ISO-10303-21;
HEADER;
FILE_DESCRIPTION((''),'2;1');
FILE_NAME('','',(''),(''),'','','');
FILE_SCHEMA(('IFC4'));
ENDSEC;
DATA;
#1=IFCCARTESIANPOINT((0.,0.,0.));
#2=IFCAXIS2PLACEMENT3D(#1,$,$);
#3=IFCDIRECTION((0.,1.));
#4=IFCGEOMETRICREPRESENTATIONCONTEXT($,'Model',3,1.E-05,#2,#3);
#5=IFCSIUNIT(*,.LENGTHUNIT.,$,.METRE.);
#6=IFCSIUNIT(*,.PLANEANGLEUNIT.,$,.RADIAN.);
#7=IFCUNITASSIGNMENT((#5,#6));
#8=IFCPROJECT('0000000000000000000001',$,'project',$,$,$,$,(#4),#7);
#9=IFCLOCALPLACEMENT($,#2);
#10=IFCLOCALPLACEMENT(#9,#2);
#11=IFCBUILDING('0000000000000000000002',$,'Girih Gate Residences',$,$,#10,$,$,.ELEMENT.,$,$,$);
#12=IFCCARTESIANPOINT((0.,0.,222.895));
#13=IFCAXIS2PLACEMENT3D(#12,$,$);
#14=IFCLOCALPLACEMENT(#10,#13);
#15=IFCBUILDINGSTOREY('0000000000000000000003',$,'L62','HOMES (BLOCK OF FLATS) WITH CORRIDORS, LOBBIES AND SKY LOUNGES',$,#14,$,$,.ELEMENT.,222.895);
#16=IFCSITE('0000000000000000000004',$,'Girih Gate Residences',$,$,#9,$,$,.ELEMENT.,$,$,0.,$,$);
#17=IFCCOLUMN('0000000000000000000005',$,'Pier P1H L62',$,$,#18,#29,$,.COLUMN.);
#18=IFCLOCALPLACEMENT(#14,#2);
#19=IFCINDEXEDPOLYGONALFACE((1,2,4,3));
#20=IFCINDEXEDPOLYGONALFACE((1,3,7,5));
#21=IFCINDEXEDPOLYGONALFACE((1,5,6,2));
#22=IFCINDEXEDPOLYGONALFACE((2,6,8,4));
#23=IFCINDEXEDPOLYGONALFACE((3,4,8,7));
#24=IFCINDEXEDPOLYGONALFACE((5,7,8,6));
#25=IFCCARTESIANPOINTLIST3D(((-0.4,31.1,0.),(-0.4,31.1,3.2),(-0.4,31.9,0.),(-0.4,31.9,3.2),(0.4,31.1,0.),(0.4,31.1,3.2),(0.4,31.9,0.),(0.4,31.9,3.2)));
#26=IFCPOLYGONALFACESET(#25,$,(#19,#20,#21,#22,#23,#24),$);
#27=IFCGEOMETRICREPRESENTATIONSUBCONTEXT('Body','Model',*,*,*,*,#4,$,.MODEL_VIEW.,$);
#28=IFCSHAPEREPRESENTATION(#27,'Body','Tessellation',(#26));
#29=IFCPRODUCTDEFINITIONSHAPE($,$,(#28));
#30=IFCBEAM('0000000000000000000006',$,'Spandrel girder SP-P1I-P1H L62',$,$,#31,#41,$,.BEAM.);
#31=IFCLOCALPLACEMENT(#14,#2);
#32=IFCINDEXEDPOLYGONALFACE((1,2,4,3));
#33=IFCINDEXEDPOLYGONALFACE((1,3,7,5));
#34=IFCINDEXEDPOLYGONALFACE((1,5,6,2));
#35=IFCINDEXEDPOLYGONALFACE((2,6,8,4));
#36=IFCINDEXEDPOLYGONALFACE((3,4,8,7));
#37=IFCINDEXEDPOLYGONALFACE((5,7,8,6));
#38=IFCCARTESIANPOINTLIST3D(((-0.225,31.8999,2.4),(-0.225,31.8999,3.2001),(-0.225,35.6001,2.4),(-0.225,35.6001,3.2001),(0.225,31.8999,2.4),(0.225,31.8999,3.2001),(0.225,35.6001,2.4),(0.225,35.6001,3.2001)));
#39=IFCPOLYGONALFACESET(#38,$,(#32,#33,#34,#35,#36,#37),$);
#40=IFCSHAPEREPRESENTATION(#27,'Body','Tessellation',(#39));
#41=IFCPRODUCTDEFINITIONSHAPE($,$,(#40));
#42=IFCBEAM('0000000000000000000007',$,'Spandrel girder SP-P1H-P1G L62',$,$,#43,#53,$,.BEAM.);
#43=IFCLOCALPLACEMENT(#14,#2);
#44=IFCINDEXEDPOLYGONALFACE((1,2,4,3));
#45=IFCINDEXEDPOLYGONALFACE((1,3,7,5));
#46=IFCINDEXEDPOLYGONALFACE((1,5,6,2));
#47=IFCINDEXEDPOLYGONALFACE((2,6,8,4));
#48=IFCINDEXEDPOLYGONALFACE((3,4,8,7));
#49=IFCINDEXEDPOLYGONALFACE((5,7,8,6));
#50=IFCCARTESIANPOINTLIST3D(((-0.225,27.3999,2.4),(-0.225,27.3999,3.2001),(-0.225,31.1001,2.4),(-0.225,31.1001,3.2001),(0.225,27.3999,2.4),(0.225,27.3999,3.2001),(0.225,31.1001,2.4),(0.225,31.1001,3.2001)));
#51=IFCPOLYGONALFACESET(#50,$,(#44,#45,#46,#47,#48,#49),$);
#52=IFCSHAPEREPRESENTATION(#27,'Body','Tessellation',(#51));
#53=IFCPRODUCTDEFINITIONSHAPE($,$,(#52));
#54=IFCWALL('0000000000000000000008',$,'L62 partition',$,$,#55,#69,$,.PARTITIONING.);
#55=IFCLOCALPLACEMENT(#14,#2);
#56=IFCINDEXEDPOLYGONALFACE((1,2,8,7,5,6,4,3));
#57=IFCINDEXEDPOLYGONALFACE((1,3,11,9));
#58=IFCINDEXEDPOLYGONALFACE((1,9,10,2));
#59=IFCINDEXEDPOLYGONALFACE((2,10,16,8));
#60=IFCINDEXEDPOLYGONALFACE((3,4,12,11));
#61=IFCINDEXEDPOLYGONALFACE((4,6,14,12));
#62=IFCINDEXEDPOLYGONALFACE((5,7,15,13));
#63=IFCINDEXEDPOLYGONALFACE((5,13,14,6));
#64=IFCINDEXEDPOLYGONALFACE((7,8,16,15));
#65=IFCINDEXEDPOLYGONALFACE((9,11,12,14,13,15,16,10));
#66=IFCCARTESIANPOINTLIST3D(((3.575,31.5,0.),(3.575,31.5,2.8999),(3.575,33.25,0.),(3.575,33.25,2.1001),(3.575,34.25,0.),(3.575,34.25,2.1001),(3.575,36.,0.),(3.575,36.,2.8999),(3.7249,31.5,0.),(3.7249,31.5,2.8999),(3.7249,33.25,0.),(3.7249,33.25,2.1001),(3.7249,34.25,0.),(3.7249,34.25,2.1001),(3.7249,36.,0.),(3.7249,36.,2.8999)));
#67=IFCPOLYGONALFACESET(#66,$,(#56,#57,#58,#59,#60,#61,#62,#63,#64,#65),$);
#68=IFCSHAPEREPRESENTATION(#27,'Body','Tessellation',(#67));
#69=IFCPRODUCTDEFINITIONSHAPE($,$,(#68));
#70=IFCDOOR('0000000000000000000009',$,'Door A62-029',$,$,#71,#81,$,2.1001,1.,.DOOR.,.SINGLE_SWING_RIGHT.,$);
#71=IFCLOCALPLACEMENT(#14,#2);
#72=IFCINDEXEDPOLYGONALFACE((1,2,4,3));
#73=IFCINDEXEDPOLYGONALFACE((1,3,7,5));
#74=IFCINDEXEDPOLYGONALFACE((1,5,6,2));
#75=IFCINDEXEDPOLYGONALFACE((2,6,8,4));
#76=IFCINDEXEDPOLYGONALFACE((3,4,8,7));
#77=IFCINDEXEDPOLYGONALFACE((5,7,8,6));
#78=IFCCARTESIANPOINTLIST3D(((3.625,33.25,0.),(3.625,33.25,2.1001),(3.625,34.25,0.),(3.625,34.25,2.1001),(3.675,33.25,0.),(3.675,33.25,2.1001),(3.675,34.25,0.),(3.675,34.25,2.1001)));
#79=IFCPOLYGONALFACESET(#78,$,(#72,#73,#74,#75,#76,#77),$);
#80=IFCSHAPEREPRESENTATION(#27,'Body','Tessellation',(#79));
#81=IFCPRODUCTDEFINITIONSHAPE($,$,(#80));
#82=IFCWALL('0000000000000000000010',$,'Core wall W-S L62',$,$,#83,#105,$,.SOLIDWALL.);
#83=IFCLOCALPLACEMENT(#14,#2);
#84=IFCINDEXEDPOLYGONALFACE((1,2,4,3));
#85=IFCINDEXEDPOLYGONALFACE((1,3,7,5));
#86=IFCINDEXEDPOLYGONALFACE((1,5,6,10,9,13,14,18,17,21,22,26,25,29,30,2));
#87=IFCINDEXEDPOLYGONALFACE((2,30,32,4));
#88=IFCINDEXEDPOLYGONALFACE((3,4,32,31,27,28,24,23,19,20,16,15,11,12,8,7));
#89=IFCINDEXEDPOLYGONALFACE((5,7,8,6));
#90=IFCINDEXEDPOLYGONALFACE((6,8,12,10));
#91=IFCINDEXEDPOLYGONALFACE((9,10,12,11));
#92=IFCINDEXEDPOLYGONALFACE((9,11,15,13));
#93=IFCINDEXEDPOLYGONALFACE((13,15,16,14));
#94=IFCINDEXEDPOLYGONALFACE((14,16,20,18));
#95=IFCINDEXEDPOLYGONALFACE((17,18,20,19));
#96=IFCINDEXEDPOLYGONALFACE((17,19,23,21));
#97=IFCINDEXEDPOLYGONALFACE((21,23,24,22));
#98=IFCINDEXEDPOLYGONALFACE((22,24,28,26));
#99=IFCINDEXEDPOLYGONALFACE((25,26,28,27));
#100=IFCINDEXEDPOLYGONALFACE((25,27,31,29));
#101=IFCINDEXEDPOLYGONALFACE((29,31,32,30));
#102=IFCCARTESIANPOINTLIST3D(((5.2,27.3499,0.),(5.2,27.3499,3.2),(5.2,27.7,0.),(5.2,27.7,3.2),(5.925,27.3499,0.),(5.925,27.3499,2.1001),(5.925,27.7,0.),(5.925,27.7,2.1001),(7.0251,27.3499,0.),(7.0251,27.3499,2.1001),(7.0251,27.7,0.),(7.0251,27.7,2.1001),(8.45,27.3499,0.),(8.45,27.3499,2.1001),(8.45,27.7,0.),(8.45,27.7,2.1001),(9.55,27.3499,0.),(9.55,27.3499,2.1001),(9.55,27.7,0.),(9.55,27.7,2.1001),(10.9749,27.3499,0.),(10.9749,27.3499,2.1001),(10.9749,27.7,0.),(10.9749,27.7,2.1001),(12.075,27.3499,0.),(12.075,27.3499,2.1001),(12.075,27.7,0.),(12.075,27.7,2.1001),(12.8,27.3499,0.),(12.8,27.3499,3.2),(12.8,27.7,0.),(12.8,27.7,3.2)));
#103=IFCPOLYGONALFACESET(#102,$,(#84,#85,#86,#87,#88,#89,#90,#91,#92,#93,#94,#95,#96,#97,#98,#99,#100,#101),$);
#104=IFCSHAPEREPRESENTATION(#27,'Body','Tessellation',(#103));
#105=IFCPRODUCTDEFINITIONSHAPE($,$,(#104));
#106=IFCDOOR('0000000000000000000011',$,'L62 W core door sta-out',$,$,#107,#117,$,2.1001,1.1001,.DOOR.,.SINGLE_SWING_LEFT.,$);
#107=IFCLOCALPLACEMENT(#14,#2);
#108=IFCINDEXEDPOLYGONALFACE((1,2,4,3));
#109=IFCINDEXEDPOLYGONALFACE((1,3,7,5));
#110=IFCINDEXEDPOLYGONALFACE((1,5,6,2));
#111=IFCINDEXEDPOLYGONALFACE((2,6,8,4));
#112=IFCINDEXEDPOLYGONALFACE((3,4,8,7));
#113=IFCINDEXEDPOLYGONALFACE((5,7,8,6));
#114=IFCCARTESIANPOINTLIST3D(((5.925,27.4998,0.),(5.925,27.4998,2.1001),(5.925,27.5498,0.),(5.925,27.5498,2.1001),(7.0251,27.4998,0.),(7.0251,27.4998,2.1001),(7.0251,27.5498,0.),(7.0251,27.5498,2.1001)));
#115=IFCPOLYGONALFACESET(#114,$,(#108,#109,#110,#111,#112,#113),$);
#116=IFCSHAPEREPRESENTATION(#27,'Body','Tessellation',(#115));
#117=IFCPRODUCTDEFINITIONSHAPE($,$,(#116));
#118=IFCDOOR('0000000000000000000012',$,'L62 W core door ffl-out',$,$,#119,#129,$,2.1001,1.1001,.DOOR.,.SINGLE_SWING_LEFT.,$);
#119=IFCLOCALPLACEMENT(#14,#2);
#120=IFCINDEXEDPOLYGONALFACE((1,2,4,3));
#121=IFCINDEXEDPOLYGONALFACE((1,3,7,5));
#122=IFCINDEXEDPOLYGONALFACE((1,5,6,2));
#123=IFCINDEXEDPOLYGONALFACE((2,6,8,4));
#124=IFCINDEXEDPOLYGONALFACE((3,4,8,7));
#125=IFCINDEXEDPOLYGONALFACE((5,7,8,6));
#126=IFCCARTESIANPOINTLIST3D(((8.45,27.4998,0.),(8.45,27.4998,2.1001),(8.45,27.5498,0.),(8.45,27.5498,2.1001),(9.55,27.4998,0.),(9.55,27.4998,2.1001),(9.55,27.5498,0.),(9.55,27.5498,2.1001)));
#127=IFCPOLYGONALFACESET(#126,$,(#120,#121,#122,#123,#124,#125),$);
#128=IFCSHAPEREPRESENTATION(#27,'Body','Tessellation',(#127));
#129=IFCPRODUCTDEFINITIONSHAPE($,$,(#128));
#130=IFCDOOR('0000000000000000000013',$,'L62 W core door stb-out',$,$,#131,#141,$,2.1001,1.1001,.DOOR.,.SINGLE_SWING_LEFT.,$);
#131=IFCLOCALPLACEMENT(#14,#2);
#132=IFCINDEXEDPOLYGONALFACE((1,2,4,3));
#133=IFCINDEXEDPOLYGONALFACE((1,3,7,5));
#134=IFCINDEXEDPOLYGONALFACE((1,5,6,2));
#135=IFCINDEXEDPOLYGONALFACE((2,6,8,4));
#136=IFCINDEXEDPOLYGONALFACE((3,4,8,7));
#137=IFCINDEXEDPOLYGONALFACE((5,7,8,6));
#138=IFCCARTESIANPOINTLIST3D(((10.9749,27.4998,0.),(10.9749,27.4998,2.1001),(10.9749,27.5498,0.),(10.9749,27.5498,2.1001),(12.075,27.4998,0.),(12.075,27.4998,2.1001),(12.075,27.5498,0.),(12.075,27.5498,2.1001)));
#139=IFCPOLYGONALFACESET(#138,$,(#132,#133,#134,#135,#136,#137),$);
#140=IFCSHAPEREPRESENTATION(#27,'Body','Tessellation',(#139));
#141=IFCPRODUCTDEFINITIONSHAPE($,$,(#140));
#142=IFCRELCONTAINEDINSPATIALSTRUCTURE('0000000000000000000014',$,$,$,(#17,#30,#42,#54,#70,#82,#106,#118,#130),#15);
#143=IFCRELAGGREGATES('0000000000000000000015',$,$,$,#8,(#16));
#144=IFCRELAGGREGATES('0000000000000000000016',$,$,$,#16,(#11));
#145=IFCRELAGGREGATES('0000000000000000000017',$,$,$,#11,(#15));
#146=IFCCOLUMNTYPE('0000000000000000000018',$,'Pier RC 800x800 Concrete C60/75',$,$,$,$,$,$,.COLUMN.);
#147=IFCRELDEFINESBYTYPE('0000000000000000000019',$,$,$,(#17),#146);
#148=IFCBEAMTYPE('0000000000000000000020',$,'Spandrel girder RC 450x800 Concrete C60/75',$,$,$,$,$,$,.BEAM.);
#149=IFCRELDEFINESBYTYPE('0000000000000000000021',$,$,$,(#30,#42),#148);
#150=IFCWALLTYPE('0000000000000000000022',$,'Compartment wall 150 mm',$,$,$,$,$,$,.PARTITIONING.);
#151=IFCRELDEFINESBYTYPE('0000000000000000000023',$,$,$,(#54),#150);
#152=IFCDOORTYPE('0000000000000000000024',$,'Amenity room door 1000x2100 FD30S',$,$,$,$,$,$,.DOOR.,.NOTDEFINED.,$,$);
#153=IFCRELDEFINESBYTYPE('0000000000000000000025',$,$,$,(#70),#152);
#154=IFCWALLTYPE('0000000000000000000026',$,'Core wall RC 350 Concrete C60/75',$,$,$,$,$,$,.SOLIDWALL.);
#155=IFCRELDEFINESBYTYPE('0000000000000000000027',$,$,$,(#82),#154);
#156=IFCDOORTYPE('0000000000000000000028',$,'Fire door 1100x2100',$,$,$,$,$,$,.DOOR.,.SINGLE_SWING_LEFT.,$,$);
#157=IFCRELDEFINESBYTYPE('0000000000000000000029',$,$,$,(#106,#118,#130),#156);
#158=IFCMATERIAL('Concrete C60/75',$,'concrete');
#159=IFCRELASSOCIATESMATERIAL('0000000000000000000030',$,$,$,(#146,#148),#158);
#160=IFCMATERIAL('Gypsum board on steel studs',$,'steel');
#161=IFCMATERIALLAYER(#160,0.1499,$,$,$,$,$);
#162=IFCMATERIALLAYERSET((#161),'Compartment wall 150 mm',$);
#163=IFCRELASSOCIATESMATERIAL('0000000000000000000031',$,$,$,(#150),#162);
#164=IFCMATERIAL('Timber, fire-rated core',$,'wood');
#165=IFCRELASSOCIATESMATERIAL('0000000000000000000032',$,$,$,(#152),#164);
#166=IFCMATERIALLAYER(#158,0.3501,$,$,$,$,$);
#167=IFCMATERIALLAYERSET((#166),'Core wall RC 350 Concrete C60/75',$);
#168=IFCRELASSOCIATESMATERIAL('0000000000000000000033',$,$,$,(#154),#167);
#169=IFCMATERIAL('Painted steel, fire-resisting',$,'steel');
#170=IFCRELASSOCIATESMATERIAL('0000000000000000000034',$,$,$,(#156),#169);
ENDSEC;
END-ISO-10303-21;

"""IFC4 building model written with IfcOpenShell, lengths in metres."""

from ifc_helpers import new_model, si_unit, direction, frame, frame_2d, origin, origin_2d, place, context, subcontext, project, spatial, rectangle, extrude, material, layer, layer_set, material_profile, profile_set, type_object, element, fill, save


model = new_model("IFC4")

# Units and contexts
model_context = context("Model", 3, precision=1e-05, world=origin(), true_north=direction((0.0, 1.0)))
body_context = subcontext(model_context, "Body", "Model", "MODEL_VIEW")
ifc_project = project(units=[si_unit("LENGTHUNIT", "METRE"), si_unit("PLANEANGLEUNIT", "RADIAN")], contexts=[model_context])

# Site, building, storey
site_placement = place(None, origin())
site = spatial("IfcSite", under=ifc_project, at=site_placement, Name="Girih Gate Residences", CompositionType="ELEMENT", RefElevation=0.0)
building_placement = place(site_placement, origin())
building = spatial("IfcBuilding", under=site, at=building_placement, Name="Girih Gate Residences", CompositionType="ELEMENT")
storey_placement = place(building_placement, frame((0.0, 0.0, 222.895)))
storey = spatial("IfcBuildingStorey", under=building, at=storey_placement, Name="L62", Description="HOMES (BLOCK OF FLATS) WITH CORRIDORS, LOBBIES AND SKY LOUNGES", CompositionType="ELEMENT", Elevation=222.895)

# Column
ifc_material_1 = material(Name="Concrete C60/75", Category="concrete")
ifc_material_profile_1 = material_profile(ifc_material_1, rectangle(XDim=0.8, YDim=0.8, at=origin_2d()))
ifc_profile_set_1 = profile_set([ifc_material_profile_1], Name="Concrete C60/75")
column_type = type_object("IfcColumnType", Name="Pier RC 800x800 Concrete C60/75", PredefinedType="COLUMN", material=ifc_profile_set_1)
column_placement = place(storey_placement, frame((0.0, 31.5, 0.0), z_axis=(0.0, 0.0, 1.0), x_axis=(1.0, 0.0, 0.0)))
element("IfcColumn", 1, at=column_placement, inside=storey, type_object=column_type, Name="Pier P1H L62", PredefinedType="COLUMN", context=body_context, shape_type="SweptSolid", body=[
    extrude(rectangle(XDim=0.8, YDim=0.8, at=origin_2d()), origin(), (0.0, 0.0, 1.0), 3.2),
])

# Beams
ifc_material_profile_2 = material_profile(ifc_material_1, rectangle(XDim=0.45, YDim=0.8, at=origin_2d()))
ifc_profile_set_2 = profile_set([ifc_material_profile_2], Name="Concrete C60/75")
beam_type = type_object("IfcBeamType", Name="Spandrel girder RC 450x800 Concrete C60/75", PredefinedType="BEAM", material=ifc_profile_set_2)
for number, where, z_axis, x_axis, name in (
    (2, (0.0, 35.6001, 2.8), (0.0, -1.0, 0.0), (1.0, 0.0, 0.0), "Spandrel girder SP-P1I-P1H L62"),
    (3, (0.0, 31.1001, 2.8), (0.0, -1.0, 0.0), (1.0, 0.0, 0.0), "Spandrel girder SP-P1H-P1G L62"),
):
    element("IfcBeam", number, at=place(storey_placement, frame(where, z_axis=z_axis, x_axis=x_axis)), inside=storey, type_object=beam_type, Name=name, PredefinedType="BEAM", context=body_context, shape_type="SweptSolid", body=[
        extrude(rectangle(XDim=0.45, YDim=0.8, at=origin_2d()), origin(), (0.0, 0.0, 1.0), 3.7002),
    ])

# Wall, opening, door
ifc_material_2 = material(Name="Gypsum board on steel studs", Category="steel")
ifc_layer_1 = layer(ifc_material_2, 0.1499)
ifc_layer_set_1 = layer_set([ifc_layer_1], Name="Compartment wall 150 mm")
wall_type_1 = type_object("IfcWallType", Name="Compartment wall 150 mm", PredefinedType="PARTITIONING", material=ifc_layer_set_1)
wall_1_placement = place(storey_placement, frame((3.6499, 31.5, 0.0), z_axis=(0.0, 0.0, 1.0), x_axis=(0.0, 1.0, 0.0)))
wall_1 = element("IfcWall", 4, at=wall_1_placement, inside=storey, type_object=wall_type_1, Name="L62 partition", PredefinedType="PARTITIONING", context=body_context, shape_type="SweptSolid", body=[
    extrude(rectangle(XDim=4.5, YDim=0.1499, at=frame_2d((2.25, 0.0))), origin(), (0.0, 0.0, 1.0), 2.8999),
])
opening_1_placement = place(wall_1_placement, frame((1.75, 0.0, 0.0)))
opening_1 = element("IfcOpeningElement", 5, at=opening_1_placement, cuts=wall_1, PredefinedType="OPENING", context=body_context, shape_type="SweptSolid", body=[
    extrude(rectangle(XDim=1.0, YDim=2.1001, at=frame_2d((0.5, 1.05))), frame((0.0, 0.085, 0.0), z_axis=(0.0, -1.0, 0.0), x_axis=(1.0, 0.0, 0.0)), (0.0, 0.0, 1.0), 0.1699),
])
ifc_material_3 = material(Name="Timber, fire-rated core", Category="wood")
door_type_1 = type_object("IfcDoorType", Name="Amenity room door 1000x2100 FD30S", OperationType="NOTDEFINED", PredefinedType="DOOR", material=ifc_material_3)
door_1_placement = place(opening_1_placement, origin())
door_1 = element("IfcDoor", 6, at=door_1_placement, inside=storey, type_object=door_type_1, Name="Door A62-029", OperationType="SINGLE_SWING_RIGHT", OverallHeight=2.1001, OverallWidth=1.0, PredefinedType="DOOR", context=body_context, shape_type="SweptSolid", body=[
    extrude(rectangle(XDim=1.0, YDim=2.1001, at=frame_2d((0.5, 1.05))), frame((0.0, 0.0249, 0.0), z_axis=(0.0, -1.0, 0.0), x_axis=(1.0, 0.0, 0.0)), (0.0, 0.0, 1.0), 0.05),
])
fill(opening_1, door_1)

# Wall, openings, doors
ifc_layer_2 = layer(ifc_material_1, 0.3501)
ifc_layer_set_2 = layer_set([ifc_layer_2], Name="Core wall RC 350 Concrete C60/75")
wall_type_2 = type_object("IfcWallType", Name="Core wall RC 350 Concrete C60/75", PredefinedType="SOLIDWALL", material=ifc_layer_set_2)
wall_2_placement = place(storey_placement, frame((5.2, 27.5249, 0.0), z_axis=(0.0, 0.0, 1.0), x_axis=(1.0, 0.0, 0.0)))
wall_2 = element("IfcWall", 7, at=wall_2_placement, inside=storey, type_object=wall_type_2, Name="Core wall W-S L62", PredefinedType="SOLIDWALL", context=body_context, shape_type="SweptSolid", body=[
    extrude(rectangle(XDim=7.6001, YDim=0.3501, at=frame_2d((3.8, 0.0))), origin(), (0.0, 0.0, 1.0), 3.2),
])
opening_2_placement = place(wall_2_placement, frame((0.7251, 0.0, 0.0)))
opening_2 = element("IfcOpeningElement", 8, at=opening_2_placement, cuts=wall_2, PredefinedType="OPENING", context=body_context, shape_type="SweptSolid", body=[
    extrude(rectangle(XDim=1.1001, YDim=2.1001, at=frame_2d((0.55, 1.05))), frame((0.0, 0.1851, 0.0), z_axis=(0.0, -1.0, 0.0), x_axis=(1.0, 0.0, 0.0)), (0.0, 0.0, 1.0), 0.3701),
])
opening_3_placement = place(wall_2_placement, frame((3.25, 0.0, 0.0)))
opening_3 = element("IfcOpeningElement", 9, at=opening_3_placement, cuts=wall_2, PredefinedType="OPENING", context=body_context, shape_type="SweptSolid", body=[
    extrude(rectangle(XDim=1.1001, YDim=2.1001, at=frame_2d((0.55, 1.05))), frame((0.0, 0.1851, 0.0), z_axis=(0.0, -1.0, 0.0), x_axis=(1.0, 0.0, 0.0)), (0.0, 0.0, 1.0), 0.3701),
])
opening_4_placement = place(wall_2_placement, frame((5.7749, 0.0, 0.0)))
opening_4 = element("IfcOpeningElement", 10, at=opening_4_placement, cuts=wall_2, PredefinedType="OPENING", context=body_context, shape_type="SweptSolid", body=[
    extrude(rectangle(XDim=1.1001, YDim=2.1001, at=frame_2d((0.55, 1.05))), frame((0.0, 0.1851, 0.0), z_axis=(0.0, -1.0, 0.0), x_axis=(1.0, 0.0, 0.0)), (0.0, 0.0, 1.0), 0.3701),
])
ifc_material_4 = material(Name="Painted steel, fire-resisting", Category="steel")
door_type_2 = type_object("IfcDoorType", Name="Fire door 1100x2100", OperationType="SINGLE_SWING_LEFT", PredefinedType="DOOR", material=ifc_material_4)
door_2_placement = place(opening_2_placement, origin())
door_2 = element("IfcDoor", 11, at=door_2_placement, inside=storey, type_object=door_type_2, Name="L62 W core door sta-out", OperationType="SINGLE_SWING_LEFT", OverallHeight=2.1001, OverallWidth=1.1001, PredefinedType="DOOR", context=body_context, shape_type="SweptSolid", body=[
    extrude(rectangle(XDim=1.1001, YDim=2.1001, at=frame_2d((0.55, 1.05))), frame((0.0, 0.0249, 0.0), z_axis=(0.0, -1.0, 0.0), x_axis=(1.0, 0.0, 0.0)), (0.0, 0.0, 1.0), 0.05),
])
fill(opening_2, door_2)
door_3_placement = place(opening_3_placement, origin())
door_3 = element("IfcDoor", 12, at=door_3_placement, inside=storey, type_object=door_type_2, Name="L62 W core door ffl-out", OperationType="SINGLE_SWING_LEFT", OverallHeight=2.1001, OverallWidth=1.1001, PredefinedType="DOOR", context=body_context, shape_type="SweptSolid", body=[
    extrude(rectangle(XDim=1.1001, YDim=2.1001, at=frame_2d((0.55, 1.05))), frame((0.0, 0.0249, 0.0), z_axis=(0.0, -1.0, 0.0), x_axis=(1.0, 0.0, 0.0)), (0.0, 0.0, 1.0), 0.05),
])
fill(opening_3, door_3)
door_4_placement = place(opening_4_placement, origin())
door_4 = element("IfcDoor", 13, at=door_4_placement, inside=storey, type_object=door_type_2, Name="L62 W core door stb-out", OperationType="SINGLE_SWING_LEFT", OverallHeight=2.1001, OverallWidth=1.1001, PredefinedType="DOOR", context=body_context, shape_type="SweptSolid", body=[
    extrude(rectangle(XDim=1.1001, YDim=2.1001, at=frame_2d((0.55, 1.05))), frame((0.0, 0.0249, 0.0), z_axis=(0.0, -1.0, 0.0), x_axis=(1.0, 0.0, 0.0)), (0.0, 0.0, 1.0), 0.05),
])
fill(opening_4, door_4)

save(model, "model.ifc")
